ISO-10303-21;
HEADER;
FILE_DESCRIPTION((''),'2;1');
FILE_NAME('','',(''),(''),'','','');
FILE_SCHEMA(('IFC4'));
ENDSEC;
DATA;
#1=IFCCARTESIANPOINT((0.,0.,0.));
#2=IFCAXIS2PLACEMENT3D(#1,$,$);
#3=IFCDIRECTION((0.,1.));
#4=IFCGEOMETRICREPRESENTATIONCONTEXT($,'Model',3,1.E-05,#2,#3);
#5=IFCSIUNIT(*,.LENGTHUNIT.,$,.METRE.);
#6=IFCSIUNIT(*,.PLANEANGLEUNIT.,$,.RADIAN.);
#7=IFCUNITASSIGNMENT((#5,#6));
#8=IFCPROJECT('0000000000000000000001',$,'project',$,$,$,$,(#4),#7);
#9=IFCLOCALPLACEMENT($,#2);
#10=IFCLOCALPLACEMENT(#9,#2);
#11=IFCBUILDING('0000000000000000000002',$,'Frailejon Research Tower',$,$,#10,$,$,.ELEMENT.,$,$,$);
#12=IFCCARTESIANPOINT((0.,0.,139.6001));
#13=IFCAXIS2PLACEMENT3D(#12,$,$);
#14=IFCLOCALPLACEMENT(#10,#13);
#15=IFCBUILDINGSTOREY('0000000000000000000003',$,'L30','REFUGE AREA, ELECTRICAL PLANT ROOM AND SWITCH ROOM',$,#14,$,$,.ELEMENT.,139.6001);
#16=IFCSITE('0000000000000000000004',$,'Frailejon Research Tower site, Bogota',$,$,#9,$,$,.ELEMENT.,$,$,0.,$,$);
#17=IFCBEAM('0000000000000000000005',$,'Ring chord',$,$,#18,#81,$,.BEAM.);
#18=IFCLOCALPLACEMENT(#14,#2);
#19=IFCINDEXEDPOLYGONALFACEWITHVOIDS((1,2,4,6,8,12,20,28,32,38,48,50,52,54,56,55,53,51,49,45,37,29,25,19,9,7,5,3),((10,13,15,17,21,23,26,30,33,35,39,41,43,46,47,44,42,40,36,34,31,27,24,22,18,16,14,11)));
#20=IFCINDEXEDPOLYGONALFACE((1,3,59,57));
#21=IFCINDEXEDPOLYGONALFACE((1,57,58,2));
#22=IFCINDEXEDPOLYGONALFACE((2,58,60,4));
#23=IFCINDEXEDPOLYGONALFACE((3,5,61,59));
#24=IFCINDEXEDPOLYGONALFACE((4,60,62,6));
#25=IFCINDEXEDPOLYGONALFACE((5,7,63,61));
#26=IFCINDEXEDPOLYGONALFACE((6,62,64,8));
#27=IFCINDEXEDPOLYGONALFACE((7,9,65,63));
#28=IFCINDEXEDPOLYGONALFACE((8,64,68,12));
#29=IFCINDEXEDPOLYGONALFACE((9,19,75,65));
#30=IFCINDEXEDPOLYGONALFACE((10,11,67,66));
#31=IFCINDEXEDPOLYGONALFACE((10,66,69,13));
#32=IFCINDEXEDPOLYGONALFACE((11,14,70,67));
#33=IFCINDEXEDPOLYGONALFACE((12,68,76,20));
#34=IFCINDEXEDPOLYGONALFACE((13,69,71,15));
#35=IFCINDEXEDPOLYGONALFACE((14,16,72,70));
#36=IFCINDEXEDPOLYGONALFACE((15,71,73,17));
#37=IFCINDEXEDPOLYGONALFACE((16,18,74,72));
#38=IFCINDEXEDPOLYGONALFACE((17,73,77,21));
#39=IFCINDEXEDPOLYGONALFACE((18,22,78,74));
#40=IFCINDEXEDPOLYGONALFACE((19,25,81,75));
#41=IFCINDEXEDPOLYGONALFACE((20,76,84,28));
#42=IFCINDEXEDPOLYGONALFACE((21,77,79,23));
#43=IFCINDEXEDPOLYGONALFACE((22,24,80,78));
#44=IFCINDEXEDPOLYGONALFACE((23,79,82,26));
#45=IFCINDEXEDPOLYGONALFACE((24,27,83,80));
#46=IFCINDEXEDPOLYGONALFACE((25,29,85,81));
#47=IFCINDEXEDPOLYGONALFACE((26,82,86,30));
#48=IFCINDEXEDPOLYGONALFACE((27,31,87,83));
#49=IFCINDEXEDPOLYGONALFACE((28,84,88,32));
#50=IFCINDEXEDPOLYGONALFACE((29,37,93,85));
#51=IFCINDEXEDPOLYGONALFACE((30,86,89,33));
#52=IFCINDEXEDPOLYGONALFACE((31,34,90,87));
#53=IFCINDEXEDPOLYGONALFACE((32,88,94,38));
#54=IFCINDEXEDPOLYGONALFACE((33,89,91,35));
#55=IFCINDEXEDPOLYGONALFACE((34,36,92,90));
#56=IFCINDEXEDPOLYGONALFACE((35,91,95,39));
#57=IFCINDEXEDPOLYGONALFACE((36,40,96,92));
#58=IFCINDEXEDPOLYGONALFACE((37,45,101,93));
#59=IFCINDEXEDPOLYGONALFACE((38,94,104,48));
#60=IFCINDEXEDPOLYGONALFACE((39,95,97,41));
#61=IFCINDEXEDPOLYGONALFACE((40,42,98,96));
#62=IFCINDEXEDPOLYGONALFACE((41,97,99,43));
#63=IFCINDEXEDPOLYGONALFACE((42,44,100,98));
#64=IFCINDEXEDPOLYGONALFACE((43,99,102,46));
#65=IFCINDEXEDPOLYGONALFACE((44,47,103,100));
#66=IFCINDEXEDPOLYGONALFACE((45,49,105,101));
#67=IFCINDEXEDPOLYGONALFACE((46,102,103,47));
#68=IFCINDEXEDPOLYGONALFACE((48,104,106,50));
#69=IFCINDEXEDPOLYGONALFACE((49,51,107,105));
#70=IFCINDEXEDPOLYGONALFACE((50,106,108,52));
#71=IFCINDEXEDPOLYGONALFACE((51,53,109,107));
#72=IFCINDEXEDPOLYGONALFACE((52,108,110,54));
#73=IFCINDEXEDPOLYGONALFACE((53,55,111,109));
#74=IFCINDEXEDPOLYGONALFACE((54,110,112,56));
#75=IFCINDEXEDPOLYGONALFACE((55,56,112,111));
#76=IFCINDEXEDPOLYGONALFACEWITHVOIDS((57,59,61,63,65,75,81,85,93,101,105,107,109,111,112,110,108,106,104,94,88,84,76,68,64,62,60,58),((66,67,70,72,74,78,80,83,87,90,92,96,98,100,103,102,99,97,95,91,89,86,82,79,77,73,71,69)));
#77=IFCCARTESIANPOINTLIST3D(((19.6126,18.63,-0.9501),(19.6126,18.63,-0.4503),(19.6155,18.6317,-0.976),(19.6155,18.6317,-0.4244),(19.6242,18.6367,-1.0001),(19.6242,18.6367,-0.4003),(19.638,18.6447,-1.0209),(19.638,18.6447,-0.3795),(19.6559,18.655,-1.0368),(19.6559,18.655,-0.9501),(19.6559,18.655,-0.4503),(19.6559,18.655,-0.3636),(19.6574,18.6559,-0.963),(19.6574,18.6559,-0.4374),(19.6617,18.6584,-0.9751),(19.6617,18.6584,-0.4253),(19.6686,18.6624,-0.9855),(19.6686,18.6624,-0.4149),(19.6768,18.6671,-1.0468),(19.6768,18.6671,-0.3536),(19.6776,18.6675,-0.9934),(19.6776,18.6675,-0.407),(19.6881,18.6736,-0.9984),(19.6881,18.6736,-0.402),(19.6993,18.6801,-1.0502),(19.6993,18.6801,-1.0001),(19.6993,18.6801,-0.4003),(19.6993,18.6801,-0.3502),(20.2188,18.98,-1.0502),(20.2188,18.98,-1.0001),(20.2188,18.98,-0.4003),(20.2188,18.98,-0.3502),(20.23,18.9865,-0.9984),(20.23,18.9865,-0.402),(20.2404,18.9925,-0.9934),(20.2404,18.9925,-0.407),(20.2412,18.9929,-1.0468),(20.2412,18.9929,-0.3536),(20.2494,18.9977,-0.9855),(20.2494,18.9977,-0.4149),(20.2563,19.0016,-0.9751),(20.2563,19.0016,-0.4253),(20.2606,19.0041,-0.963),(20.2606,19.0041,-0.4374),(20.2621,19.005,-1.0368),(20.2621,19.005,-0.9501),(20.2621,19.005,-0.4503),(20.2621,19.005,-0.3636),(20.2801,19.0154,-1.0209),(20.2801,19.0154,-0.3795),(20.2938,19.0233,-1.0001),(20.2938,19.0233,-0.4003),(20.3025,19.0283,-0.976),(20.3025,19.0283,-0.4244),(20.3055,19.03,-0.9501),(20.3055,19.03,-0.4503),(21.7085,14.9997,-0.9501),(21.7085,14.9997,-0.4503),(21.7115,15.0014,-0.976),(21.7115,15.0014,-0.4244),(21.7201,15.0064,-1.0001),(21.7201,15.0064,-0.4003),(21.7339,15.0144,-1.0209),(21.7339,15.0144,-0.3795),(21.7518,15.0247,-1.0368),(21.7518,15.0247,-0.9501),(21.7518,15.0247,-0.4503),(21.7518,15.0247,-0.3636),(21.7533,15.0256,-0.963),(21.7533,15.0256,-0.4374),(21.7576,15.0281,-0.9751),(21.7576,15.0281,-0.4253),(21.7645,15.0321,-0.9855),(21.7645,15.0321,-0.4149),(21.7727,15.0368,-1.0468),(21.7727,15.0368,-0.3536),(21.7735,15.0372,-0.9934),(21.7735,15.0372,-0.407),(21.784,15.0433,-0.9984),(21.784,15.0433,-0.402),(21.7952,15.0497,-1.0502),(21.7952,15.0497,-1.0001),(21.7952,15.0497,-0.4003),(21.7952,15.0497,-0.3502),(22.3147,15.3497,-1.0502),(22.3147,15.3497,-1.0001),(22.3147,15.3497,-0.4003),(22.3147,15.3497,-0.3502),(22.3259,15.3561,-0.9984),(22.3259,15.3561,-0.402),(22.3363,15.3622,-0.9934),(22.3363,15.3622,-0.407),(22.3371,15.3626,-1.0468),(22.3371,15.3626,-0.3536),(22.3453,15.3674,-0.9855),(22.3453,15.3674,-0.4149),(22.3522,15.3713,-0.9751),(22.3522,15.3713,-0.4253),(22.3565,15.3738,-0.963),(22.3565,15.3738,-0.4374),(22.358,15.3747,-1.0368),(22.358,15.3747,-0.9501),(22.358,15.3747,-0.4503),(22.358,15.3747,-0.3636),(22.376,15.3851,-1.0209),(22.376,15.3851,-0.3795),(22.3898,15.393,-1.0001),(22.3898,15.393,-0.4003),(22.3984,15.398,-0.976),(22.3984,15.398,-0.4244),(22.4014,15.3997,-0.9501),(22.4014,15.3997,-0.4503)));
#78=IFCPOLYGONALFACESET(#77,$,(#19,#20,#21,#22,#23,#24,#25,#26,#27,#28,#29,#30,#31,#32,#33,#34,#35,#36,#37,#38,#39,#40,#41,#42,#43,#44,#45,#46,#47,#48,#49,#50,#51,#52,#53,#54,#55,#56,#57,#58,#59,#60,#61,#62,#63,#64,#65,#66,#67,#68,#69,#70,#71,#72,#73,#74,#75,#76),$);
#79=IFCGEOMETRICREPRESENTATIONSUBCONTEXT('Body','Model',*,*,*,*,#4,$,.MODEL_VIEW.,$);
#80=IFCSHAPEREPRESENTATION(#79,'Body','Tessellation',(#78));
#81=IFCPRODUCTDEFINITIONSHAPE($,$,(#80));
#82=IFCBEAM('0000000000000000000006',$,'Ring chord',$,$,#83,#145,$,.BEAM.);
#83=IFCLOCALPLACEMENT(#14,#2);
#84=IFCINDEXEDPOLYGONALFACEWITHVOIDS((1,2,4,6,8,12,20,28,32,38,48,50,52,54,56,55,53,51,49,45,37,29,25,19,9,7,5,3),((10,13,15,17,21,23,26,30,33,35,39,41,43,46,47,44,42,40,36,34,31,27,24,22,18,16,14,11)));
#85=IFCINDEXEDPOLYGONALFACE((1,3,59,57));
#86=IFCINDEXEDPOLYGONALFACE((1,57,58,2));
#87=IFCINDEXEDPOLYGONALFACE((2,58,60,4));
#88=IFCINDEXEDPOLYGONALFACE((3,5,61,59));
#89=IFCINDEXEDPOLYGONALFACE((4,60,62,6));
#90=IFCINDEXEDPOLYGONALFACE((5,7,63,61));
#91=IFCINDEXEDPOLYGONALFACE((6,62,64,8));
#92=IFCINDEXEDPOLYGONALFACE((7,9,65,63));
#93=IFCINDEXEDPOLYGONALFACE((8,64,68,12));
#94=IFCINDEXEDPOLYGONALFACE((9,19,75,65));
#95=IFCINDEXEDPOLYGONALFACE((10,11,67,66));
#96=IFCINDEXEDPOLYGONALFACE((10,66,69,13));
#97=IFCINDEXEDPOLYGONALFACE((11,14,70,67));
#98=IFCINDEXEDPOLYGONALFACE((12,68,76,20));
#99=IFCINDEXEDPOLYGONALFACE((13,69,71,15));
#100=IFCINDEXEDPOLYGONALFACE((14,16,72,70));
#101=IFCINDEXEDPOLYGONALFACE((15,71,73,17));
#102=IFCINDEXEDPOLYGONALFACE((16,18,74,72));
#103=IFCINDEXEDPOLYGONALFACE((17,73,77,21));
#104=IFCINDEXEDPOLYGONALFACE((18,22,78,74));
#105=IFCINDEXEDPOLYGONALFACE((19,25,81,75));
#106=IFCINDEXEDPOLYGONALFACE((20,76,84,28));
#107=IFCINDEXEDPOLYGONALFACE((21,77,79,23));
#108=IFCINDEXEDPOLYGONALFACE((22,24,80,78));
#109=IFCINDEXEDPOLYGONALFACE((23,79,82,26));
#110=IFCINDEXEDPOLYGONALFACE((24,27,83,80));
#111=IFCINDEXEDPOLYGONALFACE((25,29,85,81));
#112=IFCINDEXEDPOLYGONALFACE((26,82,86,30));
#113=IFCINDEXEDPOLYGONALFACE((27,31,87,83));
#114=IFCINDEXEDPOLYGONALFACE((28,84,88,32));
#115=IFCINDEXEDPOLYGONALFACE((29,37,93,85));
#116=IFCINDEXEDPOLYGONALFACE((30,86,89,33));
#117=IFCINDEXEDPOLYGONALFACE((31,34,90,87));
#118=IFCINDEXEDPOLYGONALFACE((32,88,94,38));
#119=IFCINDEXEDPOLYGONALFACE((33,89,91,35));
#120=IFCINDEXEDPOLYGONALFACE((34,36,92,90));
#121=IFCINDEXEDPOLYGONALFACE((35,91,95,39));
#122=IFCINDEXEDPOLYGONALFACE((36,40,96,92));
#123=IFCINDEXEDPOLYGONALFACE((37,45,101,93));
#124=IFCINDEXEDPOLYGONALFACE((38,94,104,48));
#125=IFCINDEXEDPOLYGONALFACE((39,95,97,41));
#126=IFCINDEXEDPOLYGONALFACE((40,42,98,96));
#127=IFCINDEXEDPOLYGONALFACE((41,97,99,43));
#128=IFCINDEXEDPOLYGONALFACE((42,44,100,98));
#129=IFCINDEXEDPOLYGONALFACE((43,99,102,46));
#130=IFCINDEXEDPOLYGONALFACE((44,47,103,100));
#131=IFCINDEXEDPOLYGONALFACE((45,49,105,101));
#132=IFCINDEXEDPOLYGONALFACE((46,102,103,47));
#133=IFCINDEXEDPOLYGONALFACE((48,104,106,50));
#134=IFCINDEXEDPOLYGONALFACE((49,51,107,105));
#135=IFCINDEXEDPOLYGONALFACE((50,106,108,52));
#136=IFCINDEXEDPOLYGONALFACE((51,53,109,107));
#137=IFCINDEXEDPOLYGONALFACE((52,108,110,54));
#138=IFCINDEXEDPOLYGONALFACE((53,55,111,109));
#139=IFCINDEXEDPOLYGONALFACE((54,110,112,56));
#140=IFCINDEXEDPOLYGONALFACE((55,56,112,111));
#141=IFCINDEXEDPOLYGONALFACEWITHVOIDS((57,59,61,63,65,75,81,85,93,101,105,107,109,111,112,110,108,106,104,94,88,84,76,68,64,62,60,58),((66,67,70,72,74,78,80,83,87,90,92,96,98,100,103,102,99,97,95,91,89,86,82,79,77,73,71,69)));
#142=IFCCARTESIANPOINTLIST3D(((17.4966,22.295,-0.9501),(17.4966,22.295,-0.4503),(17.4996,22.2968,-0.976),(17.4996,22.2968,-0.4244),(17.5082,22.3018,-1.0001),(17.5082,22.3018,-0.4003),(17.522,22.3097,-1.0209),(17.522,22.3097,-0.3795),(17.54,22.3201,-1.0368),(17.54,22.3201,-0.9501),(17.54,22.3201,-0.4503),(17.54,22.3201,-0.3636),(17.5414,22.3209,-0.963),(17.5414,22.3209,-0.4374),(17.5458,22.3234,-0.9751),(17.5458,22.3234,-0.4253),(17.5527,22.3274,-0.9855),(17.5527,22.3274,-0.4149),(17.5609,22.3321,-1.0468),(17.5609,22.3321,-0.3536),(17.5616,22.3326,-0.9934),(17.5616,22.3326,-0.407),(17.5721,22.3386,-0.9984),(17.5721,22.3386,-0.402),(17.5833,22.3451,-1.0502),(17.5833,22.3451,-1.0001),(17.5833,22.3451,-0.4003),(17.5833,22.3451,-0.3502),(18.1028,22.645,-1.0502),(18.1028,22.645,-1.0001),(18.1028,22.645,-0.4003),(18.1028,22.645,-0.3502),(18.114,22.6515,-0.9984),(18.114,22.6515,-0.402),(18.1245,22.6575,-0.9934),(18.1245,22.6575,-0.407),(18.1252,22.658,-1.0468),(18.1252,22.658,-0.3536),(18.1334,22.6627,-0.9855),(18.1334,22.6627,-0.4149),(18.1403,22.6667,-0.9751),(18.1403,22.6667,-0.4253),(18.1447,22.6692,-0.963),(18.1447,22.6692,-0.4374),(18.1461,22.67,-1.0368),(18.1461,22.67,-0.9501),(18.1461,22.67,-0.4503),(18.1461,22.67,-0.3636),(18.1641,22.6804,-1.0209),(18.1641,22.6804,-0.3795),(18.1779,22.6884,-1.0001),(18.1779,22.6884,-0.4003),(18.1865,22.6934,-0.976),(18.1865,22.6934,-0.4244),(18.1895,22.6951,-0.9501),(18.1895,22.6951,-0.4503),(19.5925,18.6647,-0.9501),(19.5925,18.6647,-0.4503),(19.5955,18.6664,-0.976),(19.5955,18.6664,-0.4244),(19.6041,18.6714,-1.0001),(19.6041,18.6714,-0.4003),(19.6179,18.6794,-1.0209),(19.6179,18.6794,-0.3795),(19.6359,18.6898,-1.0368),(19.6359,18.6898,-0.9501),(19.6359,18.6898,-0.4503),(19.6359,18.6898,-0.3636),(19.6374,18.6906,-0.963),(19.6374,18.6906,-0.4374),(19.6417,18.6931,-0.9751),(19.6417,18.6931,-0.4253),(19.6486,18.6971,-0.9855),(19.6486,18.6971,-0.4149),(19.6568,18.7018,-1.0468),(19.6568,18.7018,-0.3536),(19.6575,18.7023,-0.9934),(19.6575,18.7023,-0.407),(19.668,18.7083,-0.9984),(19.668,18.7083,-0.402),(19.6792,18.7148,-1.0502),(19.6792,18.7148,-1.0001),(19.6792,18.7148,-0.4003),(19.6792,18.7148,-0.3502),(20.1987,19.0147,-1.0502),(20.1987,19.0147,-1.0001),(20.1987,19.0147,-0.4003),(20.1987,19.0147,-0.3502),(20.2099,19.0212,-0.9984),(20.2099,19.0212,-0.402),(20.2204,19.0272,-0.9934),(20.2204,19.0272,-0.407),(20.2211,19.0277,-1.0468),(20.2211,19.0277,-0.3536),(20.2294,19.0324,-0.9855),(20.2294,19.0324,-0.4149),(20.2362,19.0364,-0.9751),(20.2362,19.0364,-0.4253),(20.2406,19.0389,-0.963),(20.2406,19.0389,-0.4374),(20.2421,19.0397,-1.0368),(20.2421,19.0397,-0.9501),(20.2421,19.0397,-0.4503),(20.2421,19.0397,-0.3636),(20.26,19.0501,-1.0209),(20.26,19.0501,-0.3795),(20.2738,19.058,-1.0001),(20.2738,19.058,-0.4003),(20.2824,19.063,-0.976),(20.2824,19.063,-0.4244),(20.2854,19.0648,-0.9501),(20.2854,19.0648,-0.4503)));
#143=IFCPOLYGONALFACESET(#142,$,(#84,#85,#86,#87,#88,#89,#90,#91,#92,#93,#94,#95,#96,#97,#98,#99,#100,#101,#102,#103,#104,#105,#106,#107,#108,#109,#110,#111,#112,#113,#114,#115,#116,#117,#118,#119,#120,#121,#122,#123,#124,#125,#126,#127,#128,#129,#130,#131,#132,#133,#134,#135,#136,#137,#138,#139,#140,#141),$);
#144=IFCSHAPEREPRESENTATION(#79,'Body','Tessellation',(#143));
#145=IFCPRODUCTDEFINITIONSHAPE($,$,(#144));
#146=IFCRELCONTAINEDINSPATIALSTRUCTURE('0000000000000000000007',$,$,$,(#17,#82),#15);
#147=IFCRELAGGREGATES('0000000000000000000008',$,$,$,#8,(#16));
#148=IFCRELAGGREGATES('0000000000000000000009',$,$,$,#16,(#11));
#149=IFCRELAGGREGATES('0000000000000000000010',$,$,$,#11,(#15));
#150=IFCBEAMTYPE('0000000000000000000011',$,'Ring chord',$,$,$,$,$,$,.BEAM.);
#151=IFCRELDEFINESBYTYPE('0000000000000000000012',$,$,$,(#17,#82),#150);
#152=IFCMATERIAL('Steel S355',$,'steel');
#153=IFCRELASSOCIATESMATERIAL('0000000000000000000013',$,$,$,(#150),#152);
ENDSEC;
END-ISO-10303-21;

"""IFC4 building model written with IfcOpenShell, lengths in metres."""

from ifc_helpers import new_model, si_unit, direction, frame, origin, origin_2d, place, context, subcontext, project, spatial, hollow_rectangle, extrude, material, material_profile, profile_set, type_object, element, save


model = new_model("IFC4")

# Units and contexts
model_context = context("Model", 3, precision=1e-05, world=origin(), true_north=direction((0.0, 1.0)))
body_context = subcontext(model_context, "Body", "Model", "MODEL_VIEW")
ifc_project = project(units=[si_unit("LENGTHUNIT", "METRE"), si_unit("PLANEANGLEUNIT", "RADIAN")], contexts=[model_context])

# Site, building, storey
site_placement = place(None, origin())
site = spatial("IfcSite", under=ifc_project, at=site_placement, Name="Frailejon Research Tower site, Bogota", CompositionType="ELEMENT", RefElevation=0.0)
building_placement = place(site_placement, origin())
building = spatial("IfcBuilding", under=site, at=building_placement, Name="Frailejon Research Tower", CompositionType="ELEMENT")
storey_placement = place(building_placement, frame((0.0, 0.0, 139.6001)))
storey = spatial("IfcBuildingStorey", under=building, at=storey_placement, Name="L30", Description="REFUGE AREA, ELECTRICAL PLANT ROOM AND SWITCH ROOM", CompositionType="ELEMENT", Elevation=139.6001)

# Beams
ifc_material_1 = material(Name="Steel S355", Category="steel")
ifc_material_profile_1 = material_profile(ifc_material_1, hollow_rectangle(XDim=0.8, YDim=0.7, WallThickness=0.05, InnerFilletRadius=0.05, OuterFilletRadius=0.1001, at=origin_2d()), Name="Ring chord")
ifc_profile_set_1 = profile_set([ifc_material_profile_1], Name="Steel S355")
beam_type_1 = type_object("IfcBeamType", Name="Ring chord", PredefinedType="BEAM", material=ifc_profile_set_1)
for number, where, z_axis, x_axis, name in (
    (1, (22.0549, 15.1997, -0.7002), (-0.499991, 0.86603, 0.0), (-0.86603, -0.499991, 0.0), "Ring chord"),
    (2, (19.939, 18.8647, -0.7002), (-0.499991, 0.86603, 0.0), (-0.86603, -0.499991, 0.0), "Ring chord"),
):
    element("IfcBeam", number, at=place(storey_placement, frame(where, z_axis=z_axis, x_axis=x_axis)), inside=storey, type_object=beam_type_1, Name=name, PredefinedType="BEAM", context=body_context, shape_type="SweptSolid", body=[
        extrude(hollow_rectangle(XDim=0.8, YDim=0.7, WallThickness=0.05, InnerFilletRadius=0.05, OuterFilletRadius=0.1001, at=origin_2d()), origin(), (0.0, 0.0, 1.0), 4.1919),
    ])

save(model, "model.ifc")
